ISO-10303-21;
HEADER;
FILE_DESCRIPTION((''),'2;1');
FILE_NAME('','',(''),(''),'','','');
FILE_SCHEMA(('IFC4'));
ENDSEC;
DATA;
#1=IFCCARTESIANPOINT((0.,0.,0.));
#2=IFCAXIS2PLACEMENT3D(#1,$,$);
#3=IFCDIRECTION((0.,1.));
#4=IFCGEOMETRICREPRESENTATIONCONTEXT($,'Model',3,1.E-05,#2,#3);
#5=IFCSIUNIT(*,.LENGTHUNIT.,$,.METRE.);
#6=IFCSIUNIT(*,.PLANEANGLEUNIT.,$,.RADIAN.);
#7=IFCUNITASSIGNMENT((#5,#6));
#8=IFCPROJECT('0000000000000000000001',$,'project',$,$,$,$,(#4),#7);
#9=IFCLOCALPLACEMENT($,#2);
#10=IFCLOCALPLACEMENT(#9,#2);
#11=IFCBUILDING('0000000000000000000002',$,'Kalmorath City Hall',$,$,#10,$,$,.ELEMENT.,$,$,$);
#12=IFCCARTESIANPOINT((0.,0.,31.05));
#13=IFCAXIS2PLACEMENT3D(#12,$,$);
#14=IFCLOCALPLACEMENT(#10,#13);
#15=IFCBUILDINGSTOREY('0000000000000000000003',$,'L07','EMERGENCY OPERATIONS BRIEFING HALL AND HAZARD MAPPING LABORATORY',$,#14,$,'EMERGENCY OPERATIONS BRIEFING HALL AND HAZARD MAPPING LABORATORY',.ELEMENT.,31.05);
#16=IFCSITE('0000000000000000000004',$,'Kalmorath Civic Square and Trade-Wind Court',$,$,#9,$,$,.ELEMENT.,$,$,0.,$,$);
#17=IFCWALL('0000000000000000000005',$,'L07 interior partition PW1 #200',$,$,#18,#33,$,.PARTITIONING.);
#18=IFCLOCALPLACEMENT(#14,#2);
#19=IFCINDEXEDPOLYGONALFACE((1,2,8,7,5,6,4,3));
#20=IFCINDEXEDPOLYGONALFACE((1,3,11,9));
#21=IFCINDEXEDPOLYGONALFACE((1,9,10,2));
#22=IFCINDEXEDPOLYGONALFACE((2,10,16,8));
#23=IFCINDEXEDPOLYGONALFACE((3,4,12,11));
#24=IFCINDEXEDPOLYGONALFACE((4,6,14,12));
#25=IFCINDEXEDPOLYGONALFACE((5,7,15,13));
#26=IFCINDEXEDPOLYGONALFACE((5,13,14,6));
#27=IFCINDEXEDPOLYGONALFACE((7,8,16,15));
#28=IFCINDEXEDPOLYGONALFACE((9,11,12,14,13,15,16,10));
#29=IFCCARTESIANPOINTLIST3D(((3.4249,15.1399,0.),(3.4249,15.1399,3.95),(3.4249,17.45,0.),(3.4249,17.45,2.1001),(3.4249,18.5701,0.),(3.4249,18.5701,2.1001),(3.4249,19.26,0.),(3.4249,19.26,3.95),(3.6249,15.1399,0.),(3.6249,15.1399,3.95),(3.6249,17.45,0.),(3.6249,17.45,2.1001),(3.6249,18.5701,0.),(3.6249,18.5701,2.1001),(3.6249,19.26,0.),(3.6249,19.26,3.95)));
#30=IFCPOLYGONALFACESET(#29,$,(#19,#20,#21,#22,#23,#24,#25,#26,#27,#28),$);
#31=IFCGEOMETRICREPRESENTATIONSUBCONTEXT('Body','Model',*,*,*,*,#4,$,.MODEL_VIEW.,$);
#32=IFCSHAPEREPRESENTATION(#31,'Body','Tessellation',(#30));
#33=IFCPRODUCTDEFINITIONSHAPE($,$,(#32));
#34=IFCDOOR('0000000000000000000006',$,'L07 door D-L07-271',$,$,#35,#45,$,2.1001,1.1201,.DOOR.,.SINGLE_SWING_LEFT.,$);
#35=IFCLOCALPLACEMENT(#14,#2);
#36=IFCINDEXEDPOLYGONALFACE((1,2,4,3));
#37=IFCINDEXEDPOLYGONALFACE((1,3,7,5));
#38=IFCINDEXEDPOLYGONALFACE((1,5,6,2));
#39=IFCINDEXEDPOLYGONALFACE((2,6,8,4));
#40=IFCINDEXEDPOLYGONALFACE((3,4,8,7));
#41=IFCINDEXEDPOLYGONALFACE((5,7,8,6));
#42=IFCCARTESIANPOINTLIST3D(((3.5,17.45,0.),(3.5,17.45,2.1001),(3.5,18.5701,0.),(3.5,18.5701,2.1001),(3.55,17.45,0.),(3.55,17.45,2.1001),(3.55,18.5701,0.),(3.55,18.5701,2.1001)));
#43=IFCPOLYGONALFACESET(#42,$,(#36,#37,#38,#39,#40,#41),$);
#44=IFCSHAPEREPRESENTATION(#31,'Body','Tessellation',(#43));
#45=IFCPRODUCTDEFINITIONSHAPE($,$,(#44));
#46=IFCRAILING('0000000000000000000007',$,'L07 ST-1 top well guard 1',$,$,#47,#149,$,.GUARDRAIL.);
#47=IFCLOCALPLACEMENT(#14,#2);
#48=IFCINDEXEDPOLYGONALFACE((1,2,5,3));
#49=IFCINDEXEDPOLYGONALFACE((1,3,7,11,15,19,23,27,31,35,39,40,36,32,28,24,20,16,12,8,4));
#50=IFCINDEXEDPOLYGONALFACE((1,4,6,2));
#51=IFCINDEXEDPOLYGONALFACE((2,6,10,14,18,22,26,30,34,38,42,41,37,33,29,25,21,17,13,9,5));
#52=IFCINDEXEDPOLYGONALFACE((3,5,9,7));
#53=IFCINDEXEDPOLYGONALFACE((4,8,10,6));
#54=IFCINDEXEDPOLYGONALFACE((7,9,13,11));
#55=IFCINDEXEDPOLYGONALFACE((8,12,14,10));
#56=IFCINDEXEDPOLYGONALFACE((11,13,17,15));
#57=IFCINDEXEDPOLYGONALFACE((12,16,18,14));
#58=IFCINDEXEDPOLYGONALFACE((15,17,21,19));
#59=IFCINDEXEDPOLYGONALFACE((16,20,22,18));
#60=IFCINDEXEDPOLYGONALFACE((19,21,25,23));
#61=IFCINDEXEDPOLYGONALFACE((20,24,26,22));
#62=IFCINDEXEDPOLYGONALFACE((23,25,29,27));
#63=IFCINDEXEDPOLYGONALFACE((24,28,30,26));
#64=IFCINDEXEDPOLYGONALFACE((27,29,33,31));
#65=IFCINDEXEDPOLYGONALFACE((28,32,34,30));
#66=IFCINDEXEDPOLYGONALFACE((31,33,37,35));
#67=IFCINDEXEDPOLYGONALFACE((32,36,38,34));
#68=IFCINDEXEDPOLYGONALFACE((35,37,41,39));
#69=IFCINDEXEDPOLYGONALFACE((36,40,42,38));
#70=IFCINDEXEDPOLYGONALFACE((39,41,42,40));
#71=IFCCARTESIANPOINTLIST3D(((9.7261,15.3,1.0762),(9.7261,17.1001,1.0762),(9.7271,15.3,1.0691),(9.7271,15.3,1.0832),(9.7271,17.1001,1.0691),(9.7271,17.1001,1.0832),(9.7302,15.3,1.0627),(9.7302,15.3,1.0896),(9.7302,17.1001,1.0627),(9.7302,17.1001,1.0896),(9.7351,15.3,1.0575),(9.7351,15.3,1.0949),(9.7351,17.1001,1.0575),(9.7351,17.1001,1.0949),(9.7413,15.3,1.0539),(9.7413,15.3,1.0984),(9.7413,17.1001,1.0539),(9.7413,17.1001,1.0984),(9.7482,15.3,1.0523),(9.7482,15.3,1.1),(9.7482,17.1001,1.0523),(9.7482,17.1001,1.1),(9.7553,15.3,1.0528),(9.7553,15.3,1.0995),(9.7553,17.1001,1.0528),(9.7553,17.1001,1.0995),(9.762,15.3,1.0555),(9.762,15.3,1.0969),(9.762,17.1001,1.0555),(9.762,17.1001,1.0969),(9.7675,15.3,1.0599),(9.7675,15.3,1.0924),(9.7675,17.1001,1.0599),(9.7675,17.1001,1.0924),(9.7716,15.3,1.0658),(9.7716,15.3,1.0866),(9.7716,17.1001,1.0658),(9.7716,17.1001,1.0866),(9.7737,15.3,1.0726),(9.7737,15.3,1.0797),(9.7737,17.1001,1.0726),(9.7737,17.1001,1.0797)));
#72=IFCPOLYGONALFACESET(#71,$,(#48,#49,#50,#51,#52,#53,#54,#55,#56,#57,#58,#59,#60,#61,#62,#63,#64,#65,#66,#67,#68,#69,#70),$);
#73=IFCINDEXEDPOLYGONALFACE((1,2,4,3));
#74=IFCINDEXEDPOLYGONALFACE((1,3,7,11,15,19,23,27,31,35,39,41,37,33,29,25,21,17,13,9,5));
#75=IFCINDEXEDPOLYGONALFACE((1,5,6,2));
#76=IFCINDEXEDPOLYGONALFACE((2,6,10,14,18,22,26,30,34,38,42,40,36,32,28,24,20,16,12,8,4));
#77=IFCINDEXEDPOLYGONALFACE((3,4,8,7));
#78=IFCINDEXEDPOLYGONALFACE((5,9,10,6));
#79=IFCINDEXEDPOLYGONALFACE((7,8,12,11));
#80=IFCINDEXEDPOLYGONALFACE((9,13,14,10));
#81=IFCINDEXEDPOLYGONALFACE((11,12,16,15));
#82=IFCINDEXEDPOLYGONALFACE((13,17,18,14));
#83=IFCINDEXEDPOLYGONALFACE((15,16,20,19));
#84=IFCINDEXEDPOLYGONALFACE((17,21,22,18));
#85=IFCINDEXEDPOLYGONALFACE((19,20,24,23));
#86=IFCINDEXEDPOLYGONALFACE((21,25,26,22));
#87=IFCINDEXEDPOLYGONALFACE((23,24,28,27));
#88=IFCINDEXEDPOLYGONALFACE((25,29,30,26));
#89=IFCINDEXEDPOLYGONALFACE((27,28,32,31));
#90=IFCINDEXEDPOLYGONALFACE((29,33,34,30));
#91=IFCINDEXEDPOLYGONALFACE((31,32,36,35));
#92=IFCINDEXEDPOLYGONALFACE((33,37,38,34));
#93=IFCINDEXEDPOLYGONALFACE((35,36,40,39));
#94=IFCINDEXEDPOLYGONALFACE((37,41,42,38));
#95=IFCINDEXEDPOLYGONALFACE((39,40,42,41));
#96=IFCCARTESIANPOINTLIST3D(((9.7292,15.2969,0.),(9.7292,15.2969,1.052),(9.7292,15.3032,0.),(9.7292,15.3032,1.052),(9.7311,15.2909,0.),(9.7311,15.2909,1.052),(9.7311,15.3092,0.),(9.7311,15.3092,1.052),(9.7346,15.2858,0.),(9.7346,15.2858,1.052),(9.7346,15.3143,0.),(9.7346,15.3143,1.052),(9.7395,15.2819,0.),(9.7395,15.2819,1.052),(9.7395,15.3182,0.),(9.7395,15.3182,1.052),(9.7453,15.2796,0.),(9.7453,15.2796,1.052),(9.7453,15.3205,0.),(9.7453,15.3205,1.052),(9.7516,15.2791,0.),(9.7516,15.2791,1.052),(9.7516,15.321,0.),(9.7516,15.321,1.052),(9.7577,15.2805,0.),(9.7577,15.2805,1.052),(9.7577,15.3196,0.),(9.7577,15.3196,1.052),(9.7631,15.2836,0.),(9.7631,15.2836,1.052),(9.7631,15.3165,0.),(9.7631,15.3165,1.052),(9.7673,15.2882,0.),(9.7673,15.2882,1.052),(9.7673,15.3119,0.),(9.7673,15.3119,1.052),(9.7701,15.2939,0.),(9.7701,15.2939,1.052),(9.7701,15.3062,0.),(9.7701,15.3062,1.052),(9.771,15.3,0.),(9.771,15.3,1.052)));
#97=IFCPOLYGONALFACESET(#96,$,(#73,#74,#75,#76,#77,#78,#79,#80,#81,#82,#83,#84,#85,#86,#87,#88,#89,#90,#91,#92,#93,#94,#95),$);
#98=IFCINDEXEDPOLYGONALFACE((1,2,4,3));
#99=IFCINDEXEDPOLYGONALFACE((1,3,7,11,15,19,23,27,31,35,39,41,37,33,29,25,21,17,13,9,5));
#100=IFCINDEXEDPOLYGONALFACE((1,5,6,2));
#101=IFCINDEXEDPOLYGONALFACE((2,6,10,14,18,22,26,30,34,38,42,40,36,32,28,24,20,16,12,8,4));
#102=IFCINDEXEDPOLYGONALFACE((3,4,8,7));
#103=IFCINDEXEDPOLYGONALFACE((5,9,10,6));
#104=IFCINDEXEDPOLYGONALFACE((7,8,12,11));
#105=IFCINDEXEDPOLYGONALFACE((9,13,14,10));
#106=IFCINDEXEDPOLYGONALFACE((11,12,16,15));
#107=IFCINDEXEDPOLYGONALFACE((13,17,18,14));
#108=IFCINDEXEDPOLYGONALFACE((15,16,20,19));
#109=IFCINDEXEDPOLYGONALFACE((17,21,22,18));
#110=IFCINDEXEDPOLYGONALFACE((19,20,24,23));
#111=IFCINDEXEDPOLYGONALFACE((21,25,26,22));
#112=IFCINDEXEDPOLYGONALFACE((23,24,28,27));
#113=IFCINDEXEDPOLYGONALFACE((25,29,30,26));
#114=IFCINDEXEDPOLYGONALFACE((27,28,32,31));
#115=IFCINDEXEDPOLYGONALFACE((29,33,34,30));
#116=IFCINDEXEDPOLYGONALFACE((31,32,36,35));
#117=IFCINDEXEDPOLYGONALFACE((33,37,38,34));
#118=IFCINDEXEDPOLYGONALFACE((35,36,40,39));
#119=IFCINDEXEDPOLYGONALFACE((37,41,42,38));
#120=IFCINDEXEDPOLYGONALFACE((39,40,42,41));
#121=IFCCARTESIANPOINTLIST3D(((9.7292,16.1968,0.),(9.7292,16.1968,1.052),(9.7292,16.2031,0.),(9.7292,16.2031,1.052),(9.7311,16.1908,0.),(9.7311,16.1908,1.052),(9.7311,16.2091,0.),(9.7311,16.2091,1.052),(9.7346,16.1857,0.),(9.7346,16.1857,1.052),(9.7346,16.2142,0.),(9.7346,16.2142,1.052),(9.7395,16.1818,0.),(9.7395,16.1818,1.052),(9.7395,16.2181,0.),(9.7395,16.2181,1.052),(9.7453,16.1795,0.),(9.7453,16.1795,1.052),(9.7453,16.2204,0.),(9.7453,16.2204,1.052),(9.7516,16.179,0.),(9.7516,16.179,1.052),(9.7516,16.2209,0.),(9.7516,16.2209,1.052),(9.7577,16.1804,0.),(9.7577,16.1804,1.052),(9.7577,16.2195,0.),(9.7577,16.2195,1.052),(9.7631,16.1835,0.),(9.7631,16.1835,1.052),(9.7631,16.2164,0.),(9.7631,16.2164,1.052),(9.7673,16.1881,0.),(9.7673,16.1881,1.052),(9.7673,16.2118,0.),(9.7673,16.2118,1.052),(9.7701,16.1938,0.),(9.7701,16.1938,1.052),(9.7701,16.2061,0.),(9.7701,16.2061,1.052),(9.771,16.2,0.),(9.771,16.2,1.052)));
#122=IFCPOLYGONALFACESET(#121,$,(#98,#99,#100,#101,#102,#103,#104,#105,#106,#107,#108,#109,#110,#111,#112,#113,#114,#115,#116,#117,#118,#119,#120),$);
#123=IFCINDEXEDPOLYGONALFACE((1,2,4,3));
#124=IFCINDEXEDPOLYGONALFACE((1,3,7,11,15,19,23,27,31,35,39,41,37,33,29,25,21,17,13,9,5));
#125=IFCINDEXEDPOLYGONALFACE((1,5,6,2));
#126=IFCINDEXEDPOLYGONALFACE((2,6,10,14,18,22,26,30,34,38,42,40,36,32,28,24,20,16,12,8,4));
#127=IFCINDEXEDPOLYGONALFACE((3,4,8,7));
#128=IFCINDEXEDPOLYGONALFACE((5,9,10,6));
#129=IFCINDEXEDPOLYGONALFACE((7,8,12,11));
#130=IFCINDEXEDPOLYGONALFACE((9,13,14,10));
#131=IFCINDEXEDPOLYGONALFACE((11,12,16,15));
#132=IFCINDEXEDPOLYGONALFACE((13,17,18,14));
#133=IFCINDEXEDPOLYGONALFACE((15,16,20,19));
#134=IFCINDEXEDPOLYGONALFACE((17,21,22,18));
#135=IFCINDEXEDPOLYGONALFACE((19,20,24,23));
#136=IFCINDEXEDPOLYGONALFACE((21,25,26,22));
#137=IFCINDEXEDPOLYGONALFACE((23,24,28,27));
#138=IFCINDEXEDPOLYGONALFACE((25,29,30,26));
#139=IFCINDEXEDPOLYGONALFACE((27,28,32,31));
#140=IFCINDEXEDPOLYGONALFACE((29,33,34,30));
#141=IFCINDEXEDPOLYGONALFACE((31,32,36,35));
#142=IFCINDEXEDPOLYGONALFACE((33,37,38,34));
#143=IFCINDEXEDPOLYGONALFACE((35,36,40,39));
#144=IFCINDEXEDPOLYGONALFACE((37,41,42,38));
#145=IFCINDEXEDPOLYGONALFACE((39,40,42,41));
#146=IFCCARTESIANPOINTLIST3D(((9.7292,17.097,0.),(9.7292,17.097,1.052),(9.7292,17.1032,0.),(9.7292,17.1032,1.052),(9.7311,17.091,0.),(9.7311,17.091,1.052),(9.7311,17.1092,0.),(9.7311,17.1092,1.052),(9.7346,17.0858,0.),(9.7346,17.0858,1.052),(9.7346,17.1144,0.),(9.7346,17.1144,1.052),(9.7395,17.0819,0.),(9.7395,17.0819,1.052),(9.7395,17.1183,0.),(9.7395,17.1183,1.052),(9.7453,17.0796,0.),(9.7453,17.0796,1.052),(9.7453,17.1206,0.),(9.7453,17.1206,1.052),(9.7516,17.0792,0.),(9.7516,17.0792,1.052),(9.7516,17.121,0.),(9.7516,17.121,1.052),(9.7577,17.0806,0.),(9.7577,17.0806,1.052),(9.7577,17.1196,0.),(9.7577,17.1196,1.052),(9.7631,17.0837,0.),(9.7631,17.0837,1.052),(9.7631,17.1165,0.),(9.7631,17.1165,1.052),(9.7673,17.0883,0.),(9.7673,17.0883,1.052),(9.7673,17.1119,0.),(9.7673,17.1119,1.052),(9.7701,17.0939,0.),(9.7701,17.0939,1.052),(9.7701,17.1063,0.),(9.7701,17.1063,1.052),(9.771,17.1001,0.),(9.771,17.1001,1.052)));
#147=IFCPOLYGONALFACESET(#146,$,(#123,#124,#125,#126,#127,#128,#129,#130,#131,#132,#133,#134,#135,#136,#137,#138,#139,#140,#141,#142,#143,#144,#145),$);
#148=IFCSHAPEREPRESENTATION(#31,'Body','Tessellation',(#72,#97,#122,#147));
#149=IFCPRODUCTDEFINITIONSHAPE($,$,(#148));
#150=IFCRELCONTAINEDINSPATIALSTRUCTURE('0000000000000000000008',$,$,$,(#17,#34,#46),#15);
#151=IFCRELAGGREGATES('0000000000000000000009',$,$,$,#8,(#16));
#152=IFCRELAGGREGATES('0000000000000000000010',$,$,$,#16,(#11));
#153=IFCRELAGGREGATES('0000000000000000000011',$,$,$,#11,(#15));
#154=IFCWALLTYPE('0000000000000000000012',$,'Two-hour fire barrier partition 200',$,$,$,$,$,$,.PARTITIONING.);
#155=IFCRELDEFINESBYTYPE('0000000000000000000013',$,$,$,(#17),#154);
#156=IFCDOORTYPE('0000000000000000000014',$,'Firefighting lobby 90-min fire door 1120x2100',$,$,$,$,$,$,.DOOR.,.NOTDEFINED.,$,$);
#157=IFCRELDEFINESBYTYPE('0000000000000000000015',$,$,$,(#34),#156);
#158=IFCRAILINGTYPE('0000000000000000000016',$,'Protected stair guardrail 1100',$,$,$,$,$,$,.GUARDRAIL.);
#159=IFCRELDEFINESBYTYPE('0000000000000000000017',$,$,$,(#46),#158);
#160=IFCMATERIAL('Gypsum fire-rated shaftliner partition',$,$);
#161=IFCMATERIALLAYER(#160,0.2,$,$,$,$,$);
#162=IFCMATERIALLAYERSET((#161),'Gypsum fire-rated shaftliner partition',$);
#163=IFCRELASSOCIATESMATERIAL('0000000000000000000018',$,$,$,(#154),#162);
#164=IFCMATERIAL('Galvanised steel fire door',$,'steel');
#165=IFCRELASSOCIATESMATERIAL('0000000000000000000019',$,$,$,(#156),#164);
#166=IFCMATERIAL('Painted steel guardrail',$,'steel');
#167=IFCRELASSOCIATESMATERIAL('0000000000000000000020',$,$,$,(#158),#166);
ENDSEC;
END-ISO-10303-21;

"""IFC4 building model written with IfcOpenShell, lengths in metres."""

from ifc_helpers import new_model, si_unit, direction, frame, frame_2d, origin, origin_2d, place, context, subcontext, project, spatial, rectangle, circle, extrude, material, layer, layer_set, type_object, element, fill, save


model = new_model("IFC4")

# Units and contexts
model_context = context("Model", 3, precision=1e-05, world=origin(), true_north=direction((0.0, 1.0)))
body_context = subcontext(model_context, "Body", "Model", "MODEL_VIEW")
ifc_project = project(units=[si_unit("LENGTHUNIT", "METRE"), si_unit("PLANEANGLEUNIT", "RADIAN")], contexts=[model_context])

# Site, building, storey
site_placement = place(None, origin())
site = spatial("IfcSite", under=ifc_project, at=site_placement, Name="Kalmorath Civic Square and Trade-Wind Court", CompositionType="ELEMENT", RefElevation=0.0)
building_placement = place(site_placement, origin())
building = spatial("IfcBuilding", under=site, at=building_placement, Name="Kalmorath City Hall", CompositionType="ELEMENT")
storey_placement = place(building_placement, frame((0.0, 0.0, 31.05)))
storey = spatial("IfcBuildingStorey", under=building, at=storey_placement, Name="L07", Description="EMERGENCY OPERATIONS BRIEFING HALL AND HAZARD MAPPING LABORATORY", LongName="EMERGENCY OPERATIONS BRIEFING HALL AND HAZARD MAPPING LABORATORY", CompositionType="ELEMENT", Elevation=31.05)

# Wall, opening, door
ifc_material_1 = material(Name="Gypsum fire-rated shaftliner partition")
ifc_layer_1 = layer(ifc_material_1, 0.2)
ifc_layer_set_1 = layer_set([ifc_layer_1], Name="Gypsum fire-rated shaftliner partition")
wall_type_1 = type_object("IfcWallType", Name="Two-hour fire barrier partition 200", PredefinedType="PARTITIONING", material=ifc_layer_set_1)
wall_1_placement = place(storey_placement, frame((3.5249, 15.1399, 0.0), z_axis=(0.0, 0.0, 1.0), x_axis=(0.0, 1.0, 0.0)))
wall_1 = element("IfcWall", 1, at=wall_1_placement, inside=storey, type_object=wall_type_1, Name="L07 interior partition PW1 #200", PredefinedType="PARTITIONING", context=body_context, shape_type="SweptSolid", body=[
    extrude(rectangle(XDim=4.1201, YDim=0.2, at=frame_2d((2.0601, 0.0))), origin(), (0.0, 0.0, 1.0), 3.95),
])
opening_1_placement = place(wall_1_placement, frame((2.3101, 0.0, 0.0)))
opening_1 = element("IfcOpeningElement", 2, at=opening_1_placement, cuts=wall_1, PredefinedType="OPENING", context=body_context, shape_type="SweptSolid", body=[
    extrude(rectangle(XDim=1.1201, YDim=2.1001, at=frame_2d((0.5601, 1.05))), frame((0.0, 0.1099, 0.0), z_axis=(0.0, -1.0, 0.0), x_axis=(1.0, 0.0, 0.0)), (0.0, 0.0, 1.0), 0.22),
])
ifc_material_2 = material(Name="Galvanised steel fire door", Category="steel")
door_type_1 = type_object("IfcDoorType", Name="Firefighting lobby 90-min fire door 1120x2100", OperationType="NOTDEFINED", PredefinedType="DOOR", material=ifc_material_2)
door_1_placement = place(opening_1_placement, origin())
door_1 = element("IfcDoor", 3, at=door_1_placement, inside=storey, type_object=door_type_1, Name="L07 door D-L07-271", OperationType="SINGLE_SWING_LEFT", OverallHeight=2.1001, OverallWidth=1.1201, PredefinedType="DOOR", context=body_context, shape_type="SweptSolid", body=[
    extrude(rectangle(XDim=1.1201, YDim=2.1001, at=frame_2d((0.5601, 1.05))), frame((0.0, 0.0249, 0.0), z_axis=(0.0, -1.0, 0.0), x_axis=(1.0, 0.0, 0.0)), (0.0, 0.0, 1.0), 0.05),
])
fill(opening_1, door_1)

# Railing
ifc_material_3 = material(Name="Painted steel guardrail", Category="steel")
railing_type = type_object("IfcRailingType", Name="Protected stair guardrail 1100", PredefinedType="GUARDRAIL", material=ifc_material_3)
railing_placement = place(storey_placement, frame((9.75, 15.3, 0.0)))
element("IfcRailing", 4, at=railing_placement, inside=storey, type_object=railing_type, Name="L07 ST-1 top well guard 1", PredefinedType="GUARDRAIL", context=body_context, shape_type="SweptSolid", body=[
    extrude(circle(Radius=0.0239, at=origin_2d()), frame((0.0, 0.0, 1.0762), z_axis=(0.0, 1.0, 0.0), x_axis=(-1.0, 0.0, 0.0)), (0.0, 0.0, 1.0), 1.8),
    extrude(circle(Radius=0.021, at=origin_2d()), origin(), (0.0, 0.0, 1.0), 1.052),
    extrude(circle(Radius=0.021, at=origin_2d()), frame((0.0, 0.8999, 0.0)), (0.0, 0.0, 1.0), 1.052),
    extrude(circle(Radius=0.021, at=origin_2d()), frame((0.0, 1.8, 0.0)), (0.0, 0.0, 1.0), 1.052),
])

save(model, "model.ifc")
